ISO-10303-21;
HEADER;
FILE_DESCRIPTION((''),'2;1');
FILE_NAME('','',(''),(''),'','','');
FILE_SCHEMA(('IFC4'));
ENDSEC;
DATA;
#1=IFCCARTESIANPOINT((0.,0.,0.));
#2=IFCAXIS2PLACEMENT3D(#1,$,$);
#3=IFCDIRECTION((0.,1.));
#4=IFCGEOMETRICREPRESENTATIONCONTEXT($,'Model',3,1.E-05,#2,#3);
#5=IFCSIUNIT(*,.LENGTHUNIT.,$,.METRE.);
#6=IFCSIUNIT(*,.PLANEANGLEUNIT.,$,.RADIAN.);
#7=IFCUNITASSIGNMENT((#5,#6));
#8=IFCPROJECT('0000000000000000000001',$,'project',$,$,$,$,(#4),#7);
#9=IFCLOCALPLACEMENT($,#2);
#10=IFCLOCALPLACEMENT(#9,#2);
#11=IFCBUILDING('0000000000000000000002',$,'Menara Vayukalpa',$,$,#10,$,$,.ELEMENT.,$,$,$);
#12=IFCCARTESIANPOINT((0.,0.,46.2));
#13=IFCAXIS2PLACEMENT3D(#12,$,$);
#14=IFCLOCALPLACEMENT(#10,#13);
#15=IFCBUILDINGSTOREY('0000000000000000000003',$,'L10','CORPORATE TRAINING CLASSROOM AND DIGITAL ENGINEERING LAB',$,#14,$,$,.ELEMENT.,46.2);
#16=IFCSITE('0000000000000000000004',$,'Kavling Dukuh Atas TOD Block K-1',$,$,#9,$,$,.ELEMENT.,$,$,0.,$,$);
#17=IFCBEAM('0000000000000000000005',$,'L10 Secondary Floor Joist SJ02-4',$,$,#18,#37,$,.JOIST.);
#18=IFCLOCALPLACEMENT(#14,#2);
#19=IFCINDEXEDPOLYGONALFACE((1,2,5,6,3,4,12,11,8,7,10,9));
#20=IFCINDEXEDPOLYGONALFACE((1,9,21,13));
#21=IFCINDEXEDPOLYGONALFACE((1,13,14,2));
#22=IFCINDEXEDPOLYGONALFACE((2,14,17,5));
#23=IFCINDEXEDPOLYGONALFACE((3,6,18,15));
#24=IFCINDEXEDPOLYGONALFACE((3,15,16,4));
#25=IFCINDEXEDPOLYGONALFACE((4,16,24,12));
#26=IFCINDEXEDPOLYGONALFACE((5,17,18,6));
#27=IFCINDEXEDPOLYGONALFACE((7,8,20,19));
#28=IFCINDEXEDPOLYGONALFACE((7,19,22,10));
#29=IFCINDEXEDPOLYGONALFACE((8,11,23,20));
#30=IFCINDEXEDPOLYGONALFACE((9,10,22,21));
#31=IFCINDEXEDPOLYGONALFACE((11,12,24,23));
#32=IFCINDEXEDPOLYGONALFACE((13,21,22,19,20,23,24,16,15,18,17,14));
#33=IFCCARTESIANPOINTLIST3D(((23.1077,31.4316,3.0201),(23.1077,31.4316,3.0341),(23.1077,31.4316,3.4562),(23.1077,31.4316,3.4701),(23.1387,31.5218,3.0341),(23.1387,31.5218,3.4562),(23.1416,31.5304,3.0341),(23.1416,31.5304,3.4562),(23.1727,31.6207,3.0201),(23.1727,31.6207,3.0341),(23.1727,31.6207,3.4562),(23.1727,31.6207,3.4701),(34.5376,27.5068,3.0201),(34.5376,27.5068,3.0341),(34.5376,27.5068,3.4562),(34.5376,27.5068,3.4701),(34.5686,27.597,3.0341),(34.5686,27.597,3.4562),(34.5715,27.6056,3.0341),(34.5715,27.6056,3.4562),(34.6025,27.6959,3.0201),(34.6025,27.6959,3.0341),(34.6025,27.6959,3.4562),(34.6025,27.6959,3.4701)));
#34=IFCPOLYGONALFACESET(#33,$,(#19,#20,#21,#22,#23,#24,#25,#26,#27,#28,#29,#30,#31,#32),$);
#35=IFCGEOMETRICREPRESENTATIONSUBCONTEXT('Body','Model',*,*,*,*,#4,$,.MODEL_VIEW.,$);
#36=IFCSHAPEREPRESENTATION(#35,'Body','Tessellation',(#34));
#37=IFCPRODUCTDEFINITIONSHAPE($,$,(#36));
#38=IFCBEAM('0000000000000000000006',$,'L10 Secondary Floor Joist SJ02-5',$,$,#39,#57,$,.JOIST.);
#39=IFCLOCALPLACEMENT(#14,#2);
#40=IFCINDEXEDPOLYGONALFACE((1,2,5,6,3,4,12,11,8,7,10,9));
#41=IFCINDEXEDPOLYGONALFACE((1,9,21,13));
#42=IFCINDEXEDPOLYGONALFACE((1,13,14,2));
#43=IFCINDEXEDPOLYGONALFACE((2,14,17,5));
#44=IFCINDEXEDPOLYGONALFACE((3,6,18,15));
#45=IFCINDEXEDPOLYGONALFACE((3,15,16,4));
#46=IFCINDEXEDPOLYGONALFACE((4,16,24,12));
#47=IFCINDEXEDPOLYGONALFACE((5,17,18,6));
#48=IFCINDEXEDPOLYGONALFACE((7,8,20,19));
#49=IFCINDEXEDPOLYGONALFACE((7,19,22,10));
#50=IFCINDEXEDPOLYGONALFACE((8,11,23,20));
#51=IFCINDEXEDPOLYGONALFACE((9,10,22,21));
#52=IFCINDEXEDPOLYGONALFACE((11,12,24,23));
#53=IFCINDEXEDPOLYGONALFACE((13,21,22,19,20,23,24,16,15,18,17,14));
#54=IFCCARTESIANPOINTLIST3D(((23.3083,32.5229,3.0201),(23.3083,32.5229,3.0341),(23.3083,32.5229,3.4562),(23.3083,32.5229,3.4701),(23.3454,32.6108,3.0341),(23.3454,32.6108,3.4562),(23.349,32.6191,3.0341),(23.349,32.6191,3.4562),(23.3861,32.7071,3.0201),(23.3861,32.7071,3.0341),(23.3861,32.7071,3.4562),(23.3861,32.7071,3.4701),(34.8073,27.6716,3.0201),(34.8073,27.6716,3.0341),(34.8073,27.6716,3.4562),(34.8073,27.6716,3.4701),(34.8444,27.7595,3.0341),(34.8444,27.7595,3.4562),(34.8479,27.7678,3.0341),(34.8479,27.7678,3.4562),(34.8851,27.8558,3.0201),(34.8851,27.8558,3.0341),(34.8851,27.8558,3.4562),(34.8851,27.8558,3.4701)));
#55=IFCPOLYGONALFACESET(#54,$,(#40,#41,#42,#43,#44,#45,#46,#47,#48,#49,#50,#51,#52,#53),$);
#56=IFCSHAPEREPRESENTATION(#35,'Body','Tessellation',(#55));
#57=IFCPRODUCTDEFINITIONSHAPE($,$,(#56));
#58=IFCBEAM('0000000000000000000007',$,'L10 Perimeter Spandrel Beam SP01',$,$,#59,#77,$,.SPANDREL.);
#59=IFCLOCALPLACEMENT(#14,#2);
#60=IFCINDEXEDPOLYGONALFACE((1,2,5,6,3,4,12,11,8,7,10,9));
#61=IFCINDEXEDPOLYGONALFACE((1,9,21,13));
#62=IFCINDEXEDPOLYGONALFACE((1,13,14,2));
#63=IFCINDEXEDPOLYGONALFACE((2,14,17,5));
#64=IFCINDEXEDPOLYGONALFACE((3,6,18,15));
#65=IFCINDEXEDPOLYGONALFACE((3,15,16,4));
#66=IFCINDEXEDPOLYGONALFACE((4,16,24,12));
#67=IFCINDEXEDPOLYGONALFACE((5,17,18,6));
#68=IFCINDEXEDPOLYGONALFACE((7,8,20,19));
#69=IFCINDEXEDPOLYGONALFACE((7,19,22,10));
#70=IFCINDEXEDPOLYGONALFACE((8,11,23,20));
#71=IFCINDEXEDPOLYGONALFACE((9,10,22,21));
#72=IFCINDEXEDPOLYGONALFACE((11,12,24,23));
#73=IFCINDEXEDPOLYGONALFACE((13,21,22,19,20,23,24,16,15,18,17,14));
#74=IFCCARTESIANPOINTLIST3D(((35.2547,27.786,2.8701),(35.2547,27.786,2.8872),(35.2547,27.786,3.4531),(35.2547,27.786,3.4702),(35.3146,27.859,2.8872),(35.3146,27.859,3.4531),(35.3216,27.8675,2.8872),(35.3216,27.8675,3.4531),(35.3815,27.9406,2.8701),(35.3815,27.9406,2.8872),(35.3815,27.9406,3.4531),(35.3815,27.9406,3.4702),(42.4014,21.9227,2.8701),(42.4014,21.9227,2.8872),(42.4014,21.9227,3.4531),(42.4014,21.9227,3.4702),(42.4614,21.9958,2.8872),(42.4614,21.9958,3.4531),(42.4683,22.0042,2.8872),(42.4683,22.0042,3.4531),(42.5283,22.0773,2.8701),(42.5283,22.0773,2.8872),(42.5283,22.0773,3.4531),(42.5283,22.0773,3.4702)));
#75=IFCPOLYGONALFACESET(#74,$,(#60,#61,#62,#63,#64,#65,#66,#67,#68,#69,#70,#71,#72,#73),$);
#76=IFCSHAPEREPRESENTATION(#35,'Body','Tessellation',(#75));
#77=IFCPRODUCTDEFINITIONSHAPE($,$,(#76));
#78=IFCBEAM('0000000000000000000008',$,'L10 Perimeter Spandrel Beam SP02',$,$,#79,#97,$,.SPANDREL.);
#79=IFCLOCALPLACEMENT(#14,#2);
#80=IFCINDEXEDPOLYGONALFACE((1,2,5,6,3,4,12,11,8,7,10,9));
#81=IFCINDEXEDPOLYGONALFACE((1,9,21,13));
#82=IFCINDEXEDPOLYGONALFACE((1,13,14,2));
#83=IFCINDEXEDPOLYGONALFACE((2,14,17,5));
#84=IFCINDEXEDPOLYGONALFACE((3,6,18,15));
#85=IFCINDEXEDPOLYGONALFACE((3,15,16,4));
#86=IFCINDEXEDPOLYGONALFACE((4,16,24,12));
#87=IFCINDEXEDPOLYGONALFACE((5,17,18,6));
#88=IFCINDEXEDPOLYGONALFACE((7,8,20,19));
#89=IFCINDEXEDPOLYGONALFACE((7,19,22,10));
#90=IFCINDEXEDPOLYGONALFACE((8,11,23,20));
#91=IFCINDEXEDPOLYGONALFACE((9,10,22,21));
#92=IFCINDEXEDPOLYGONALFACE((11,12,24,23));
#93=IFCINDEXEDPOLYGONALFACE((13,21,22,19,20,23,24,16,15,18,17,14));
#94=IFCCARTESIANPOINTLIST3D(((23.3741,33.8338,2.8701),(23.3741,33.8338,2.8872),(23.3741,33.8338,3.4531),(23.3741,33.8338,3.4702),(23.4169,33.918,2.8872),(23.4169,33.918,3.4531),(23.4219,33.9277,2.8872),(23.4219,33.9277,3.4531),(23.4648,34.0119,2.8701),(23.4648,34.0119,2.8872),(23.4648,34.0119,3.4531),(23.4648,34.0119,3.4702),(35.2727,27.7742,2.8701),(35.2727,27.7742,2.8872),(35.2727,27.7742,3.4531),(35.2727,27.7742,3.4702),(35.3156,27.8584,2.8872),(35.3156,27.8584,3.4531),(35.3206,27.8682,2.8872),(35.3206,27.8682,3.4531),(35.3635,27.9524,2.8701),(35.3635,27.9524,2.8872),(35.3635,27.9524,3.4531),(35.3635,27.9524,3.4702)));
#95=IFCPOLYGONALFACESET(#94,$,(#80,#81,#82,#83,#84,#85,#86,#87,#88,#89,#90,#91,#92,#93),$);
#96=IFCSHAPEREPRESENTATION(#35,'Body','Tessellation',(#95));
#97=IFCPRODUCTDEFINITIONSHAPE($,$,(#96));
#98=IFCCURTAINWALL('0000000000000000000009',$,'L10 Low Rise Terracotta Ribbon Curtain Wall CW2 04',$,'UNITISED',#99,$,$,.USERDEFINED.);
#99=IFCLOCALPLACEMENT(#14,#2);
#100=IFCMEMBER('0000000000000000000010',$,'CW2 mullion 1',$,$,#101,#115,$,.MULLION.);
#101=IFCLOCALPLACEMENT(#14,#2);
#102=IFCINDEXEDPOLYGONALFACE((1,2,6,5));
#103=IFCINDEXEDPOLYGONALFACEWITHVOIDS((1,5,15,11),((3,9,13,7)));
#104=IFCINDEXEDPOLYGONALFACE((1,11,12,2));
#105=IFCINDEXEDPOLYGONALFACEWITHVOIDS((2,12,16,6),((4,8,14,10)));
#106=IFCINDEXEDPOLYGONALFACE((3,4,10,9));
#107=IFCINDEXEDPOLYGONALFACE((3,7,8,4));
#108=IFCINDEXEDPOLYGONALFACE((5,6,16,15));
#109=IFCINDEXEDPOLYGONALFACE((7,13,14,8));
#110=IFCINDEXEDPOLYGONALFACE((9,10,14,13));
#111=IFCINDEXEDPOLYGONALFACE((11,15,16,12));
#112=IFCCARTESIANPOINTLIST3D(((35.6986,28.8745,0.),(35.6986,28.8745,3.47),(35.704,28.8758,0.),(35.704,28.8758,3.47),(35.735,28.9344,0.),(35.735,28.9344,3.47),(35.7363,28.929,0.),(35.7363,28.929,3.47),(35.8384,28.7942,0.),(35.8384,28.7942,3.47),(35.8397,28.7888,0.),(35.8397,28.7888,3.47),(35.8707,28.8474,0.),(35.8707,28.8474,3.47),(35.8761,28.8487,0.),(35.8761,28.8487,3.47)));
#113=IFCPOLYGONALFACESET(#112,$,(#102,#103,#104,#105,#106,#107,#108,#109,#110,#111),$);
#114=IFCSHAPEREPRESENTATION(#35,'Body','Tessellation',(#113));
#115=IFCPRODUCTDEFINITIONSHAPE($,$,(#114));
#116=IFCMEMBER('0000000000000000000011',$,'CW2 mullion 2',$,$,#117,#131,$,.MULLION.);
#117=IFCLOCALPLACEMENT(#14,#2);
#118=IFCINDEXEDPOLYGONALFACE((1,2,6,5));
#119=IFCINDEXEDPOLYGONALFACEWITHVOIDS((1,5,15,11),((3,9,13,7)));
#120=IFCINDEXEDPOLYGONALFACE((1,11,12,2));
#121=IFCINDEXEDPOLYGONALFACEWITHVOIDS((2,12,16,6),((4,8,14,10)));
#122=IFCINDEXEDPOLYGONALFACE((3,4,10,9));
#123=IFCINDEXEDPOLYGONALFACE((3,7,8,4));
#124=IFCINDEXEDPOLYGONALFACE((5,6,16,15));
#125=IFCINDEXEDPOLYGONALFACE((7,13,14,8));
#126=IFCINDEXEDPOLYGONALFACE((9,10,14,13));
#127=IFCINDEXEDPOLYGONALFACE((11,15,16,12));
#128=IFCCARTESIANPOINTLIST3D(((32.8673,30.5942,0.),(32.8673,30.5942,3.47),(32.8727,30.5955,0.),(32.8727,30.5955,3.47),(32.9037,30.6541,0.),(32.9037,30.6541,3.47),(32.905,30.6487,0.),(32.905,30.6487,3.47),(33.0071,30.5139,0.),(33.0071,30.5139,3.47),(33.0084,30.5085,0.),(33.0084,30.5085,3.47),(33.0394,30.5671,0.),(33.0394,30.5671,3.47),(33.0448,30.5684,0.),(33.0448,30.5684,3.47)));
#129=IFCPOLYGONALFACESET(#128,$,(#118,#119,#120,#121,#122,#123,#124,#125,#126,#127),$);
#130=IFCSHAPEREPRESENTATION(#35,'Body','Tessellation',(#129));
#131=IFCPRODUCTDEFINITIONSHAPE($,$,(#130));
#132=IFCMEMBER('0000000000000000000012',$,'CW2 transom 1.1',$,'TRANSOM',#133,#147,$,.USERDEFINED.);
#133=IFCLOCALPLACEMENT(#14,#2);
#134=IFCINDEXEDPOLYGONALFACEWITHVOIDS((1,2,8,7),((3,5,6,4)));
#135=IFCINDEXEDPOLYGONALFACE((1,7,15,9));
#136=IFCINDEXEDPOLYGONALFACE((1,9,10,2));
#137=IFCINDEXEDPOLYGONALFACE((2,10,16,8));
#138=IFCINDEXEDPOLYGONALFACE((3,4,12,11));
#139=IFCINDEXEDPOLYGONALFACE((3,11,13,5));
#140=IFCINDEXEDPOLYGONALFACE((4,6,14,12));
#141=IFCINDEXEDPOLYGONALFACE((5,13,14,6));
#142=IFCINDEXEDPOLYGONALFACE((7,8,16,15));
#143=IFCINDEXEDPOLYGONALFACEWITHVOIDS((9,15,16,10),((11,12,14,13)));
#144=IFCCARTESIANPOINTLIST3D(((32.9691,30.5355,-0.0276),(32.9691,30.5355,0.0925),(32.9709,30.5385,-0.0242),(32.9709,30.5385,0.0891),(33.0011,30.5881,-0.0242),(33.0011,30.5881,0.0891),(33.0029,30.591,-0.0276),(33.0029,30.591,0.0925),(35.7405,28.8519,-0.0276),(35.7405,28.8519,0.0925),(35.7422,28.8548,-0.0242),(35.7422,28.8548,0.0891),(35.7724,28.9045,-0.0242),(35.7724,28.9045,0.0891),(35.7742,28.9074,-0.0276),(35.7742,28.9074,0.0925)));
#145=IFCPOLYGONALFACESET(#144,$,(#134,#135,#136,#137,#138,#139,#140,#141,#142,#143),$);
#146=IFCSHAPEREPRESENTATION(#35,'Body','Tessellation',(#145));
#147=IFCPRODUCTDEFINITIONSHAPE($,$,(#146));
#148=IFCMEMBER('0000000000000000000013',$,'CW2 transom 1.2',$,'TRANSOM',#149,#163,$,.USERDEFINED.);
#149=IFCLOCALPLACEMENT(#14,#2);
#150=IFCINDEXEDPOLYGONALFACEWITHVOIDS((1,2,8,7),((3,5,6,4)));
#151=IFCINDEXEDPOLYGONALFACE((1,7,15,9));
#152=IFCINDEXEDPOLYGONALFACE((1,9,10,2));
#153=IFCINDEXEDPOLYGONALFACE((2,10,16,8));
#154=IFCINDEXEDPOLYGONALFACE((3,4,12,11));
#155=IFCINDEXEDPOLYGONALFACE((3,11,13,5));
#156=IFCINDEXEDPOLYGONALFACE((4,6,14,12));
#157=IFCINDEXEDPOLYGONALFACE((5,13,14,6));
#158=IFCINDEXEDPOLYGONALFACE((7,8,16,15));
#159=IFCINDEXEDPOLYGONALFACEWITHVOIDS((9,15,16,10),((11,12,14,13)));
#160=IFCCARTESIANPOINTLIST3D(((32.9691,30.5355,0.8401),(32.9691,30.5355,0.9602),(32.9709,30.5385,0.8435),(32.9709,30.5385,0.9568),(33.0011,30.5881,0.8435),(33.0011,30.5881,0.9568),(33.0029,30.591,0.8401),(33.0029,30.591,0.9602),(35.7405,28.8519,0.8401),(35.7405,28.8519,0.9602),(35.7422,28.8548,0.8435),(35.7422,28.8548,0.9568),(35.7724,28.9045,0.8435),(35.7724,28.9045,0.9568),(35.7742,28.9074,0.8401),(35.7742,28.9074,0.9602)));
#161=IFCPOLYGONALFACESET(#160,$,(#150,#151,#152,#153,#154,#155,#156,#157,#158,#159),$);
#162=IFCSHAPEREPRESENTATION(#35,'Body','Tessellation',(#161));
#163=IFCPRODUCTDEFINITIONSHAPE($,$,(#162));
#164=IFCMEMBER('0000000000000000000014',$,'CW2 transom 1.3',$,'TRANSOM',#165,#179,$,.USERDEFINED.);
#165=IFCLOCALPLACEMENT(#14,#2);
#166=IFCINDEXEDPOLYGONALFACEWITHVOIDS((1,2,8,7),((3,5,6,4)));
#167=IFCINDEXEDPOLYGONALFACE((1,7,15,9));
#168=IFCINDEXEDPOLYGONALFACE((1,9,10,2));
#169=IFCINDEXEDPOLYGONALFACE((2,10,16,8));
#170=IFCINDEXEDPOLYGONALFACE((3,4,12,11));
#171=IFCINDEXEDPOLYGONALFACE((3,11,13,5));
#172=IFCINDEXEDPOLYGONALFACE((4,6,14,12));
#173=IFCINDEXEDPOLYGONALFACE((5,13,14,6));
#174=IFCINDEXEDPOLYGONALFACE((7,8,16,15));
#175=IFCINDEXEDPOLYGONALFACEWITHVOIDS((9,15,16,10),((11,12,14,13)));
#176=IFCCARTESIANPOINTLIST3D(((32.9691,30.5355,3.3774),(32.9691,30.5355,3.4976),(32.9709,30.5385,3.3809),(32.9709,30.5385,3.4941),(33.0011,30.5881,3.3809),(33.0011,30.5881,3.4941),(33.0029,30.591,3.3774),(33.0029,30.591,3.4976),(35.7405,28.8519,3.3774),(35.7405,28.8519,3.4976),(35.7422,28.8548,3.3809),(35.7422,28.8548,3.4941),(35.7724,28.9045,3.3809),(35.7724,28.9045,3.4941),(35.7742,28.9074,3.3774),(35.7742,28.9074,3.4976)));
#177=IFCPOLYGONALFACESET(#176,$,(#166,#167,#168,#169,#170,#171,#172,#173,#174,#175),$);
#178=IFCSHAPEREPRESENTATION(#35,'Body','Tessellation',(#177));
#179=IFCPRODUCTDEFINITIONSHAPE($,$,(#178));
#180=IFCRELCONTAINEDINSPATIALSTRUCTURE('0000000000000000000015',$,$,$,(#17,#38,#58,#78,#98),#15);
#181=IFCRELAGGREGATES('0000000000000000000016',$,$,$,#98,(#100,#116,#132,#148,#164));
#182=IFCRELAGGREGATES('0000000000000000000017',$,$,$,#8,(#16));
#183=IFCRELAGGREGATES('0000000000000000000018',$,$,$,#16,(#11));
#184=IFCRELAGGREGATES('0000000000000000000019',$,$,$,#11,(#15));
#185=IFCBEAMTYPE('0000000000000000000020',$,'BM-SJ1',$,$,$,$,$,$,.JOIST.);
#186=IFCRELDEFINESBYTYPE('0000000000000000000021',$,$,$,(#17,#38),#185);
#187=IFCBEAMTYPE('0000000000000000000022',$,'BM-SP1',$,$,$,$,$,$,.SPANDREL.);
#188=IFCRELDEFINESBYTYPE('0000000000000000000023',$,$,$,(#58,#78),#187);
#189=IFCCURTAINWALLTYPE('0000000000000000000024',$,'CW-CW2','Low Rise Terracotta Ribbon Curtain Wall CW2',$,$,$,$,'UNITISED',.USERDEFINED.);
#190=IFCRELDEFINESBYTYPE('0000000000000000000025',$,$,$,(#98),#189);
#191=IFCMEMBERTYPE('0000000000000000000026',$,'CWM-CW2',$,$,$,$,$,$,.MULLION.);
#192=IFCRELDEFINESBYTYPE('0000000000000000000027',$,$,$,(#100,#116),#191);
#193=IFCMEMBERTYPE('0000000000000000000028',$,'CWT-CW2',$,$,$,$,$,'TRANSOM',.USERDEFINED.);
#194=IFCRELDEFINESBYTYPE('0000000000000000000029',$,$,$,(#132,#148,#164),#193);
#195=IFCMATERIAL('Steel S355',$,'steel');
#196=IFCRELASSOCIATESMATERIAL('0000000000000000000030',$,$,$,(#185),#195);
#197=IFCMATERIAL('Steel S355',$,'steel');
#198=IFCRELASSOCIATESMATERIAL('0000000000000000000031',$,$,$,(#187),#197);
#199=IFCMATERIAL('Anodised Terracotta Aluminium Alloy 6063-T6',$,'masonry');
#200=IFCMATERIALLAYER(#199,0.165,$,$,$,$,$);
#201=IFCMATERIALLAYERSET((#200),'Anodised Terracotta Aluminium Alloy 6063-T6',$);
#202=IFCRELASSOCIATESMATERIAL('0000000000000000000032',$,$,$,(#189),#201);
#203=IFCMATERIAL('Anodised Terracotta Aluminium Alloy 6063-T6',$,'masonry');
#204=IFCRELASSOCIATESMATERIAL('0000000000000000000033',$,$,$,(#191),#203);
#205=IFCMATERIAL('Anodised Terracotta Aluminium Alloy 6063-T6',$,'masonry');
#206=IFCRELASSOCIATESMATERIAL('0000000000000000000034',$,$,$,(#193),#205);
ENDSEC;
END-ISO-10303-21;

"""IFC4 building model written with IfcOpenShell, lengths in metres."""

from ifc_helpers import new_model, si_unit, direction, frame, origin, origin_2d, place, context, subcontext, project, spatial, hollow_rectangle, i_section, extrude, material, layer, layer_set, material_profile, profile_set, type_object, element, aggregate, save


model = new_model("IFC4")

# Units and contexts
model_context = context("Model", 3, precision=1e-05, world=origin(), true_north=direction((0.0, 1.0)))
body_context = subcontext(model_context, "Body", "Model", "MODEL_VIEW")
ifc_project = project(units=[si_unit("LENGTHUNIT", "METRE"), si_unit("PLANEANGLEUNIT", "RADIAN")], contexts=[model_context])

# Site, building, storey
site_placement = place(None, origin())
site = spatial("IfcSite", under=ifc_project, at=site_placement, Name="Kavling Dukuh Atas TOD Block K-1", CompositionType="ELEMENT", RefElevation=0.0)
building_placement = place(site_placement, origin())
building = spatial("IfcBuilding", under=site, at=building_placement, Name="Menara Vayukalpa", CompositionType="ELEMENT")
storey_placement = place(building_placement, frame((0.0, 0.0, 46.2)))
storey = spatial("IfcBuildingStorey", under=building, at=storey_placement, Name="L10", Description="CORPORATE TRAINING CLASSROOM AND DIGITAL ENGINEERING LAB", CompositionType="ELEMENT", Elevation=46.2)

# Beams
ifc_material_1 = material(Name="Steel S355", Category="steel")
ifc_material_profile_1 = material_profile(ifc_material_1, i_section(OverallWidth=0.2, OverallDepth=0.45, WebThickness=0.009, FlangeThickness=0.0139, at=origin_2d()), Name="WF 450x200x9x14")
ifc_profile_set_1 = profile_set([ifc_material_profile_1], Name="Steel S355")
beam_type_1 = type_object("IfcBeamType", Name="BM-SJ1", PredefinedType="JOIST", material=ifc_profile_set_1)
beam_1_placement = place(storey_placement, frame((34.5701, 27.6013, 3.2451), z_axis=(-0.945794, 0.324766, 0.0), x_axis=(-0.324766, -0.945794, 0.0)))
element("IfcBeam", 1, at=beam_1_placement, inside=storey, type_object=beam_type_1, Name="L10 Secondary Floor Joist SJ02-4", PredefinedType="JOIST", context=body_context, shape_type="SweptSolid", body=[
    extrude(i_section(OverallWidth=0.2, OverallDepth=0.45, WebThickness=0.009, FlangeThickness=0.0139, at=origin_2d()), origin(), (0.0, 0.0, 1.0), 12.085),
])
beam_2_placement = place(storey_placement, frame((34.8462, 27.7637, 3.2451), z_axis=(-0.921359, 0.388712, 0.0), x_axis=(-0.388712, -0.921359, 0.0)))
element("IfcBeam", 2, at=beam_2_placement, inside=storey, type_object=beam_type_1, Name="L10 Secondary Floor Joist SJ02-5", PredefinedType="JOIST", context=body_context, shape_type="SweptSolid", body=[
    extrude(i_section(OverallWidth=0.2, OverallDepth=0.45, WebThickness=0.009, FlangeThickness=0.0139, at=origin_2d()), origin(), (0.0, 0.0, 1.0), 12.4805),
])
ifc_material_2 = material(Name="Steel S355", Category="steel")
ifc_material_profile_2 = material_profile(ifc_material_2, i_section(OverallWidth=0.2, OverallDepth=0.6001, WebThickness=0.011, FlangeThickness=0.0171, at=origin_2d()), Name="WF 600x200x11x17")
ifc_profile_set_2 = profile_set([ifc_material_profile_2], Name="Steel S355")
beam_type_2 = type_object("IfcBeamType", Name="BM-SP1", PredefinedType="SPANDREL", material=ifc_profile_set_2)
beam_3_placement = place(storey_placement, frame((42.4648, 22.0, 3.1702), z_axis=(-0.773111, 0.634271, 0.0), x_axis=(-0.634271, -0.773111, 0.0)))
element("IfcBeam", 3, at=beam_3_placement, inside=storey, type_object=beam_type_2, Name="L10 Perimeter Spandrel Beam SP01", PredefinedType="SPANDREL", context=body_context, shape_type="SweptSolid", body=[
    extrude(i_section(OverallWidth=0.2, OverallDepth=0.6001, WebThickness=0.011, FlangeThickness=0.0171, at=origin_2d()), origin(), (0.0, 0.0, 1.0), 9.2441),
])
beam_4_placement = place(storey_placement, frame((35.3181, 27.8633, 3.1702), z_axis=(-0.891101, 0.453806, 0.0), x_axis=(-0.453806, -0.891101, 0.0)))
element("IfcBeam", 4, at=beam_4_placement, inside=storey, type_object=beam_type_2, Name="L10 Perimeter Spandrel Beam SP02", PredefinedType="SPANDREL", context=body_context, shape_type="SweptSolid", body=[
    extrude(i_section(OverallWidth=0.2, OverallDepth=0.6001, WebThickness=0.011, FlangeThickness=0.0171, at=origin_2d()), origin(), (0.0, 0.0, 1.0), 13.3528),
])

# Curtain wall, members
ifc_material_3 = material(Name="Anodised Terracotta Aluminium Alloy 6063-T6", Category="masonry")
ifc_layer_1 = layer(ifc_material_3, 0.165)
ifc_layer_set_1 = layer_set([ifc_layer_1], Name="Anodised Terracotta Aluminium Alloy 6063-T6")
curtain_wall_type = type_object("IfcCurtainWallType", Name="CW-CW2", Description="Low Rise Terracotta Ribbon Curtain Wall CW2", ElementType="UNITISED", PredefinedType="USERDEFINED", material=ifc_layer_set_1)
curtain_wall_placement = place(storey_placement, origin())
curtain_wall = element("IfcCurtainWall", 5, at=curtain_wall_placement, inside=storey, type_object=curtain_wall_type, Name="L10 Low Rise Terracotta Ribbon Curtain Wall CW2 04", ObjectType="UNITISED", PredefinedType="USERDEFINED")
ifc_material_4 = material(Name="Anodised Terracotta Aluminium Alloy 6063-T6", Category="masonry")
ifc_material_profile_3 = material_profile(ifc_material_4, hollow_rectangle(XDim=0.0701, YDim=0.165, WallThickness=0.0039, at=origin_2d()), Name="ALU 70x165x4")
ifc_profile_set_3 = profile_set([ifc_material_profile_3], Name="Anodised Terracotta Aluminium Alloy 6063-T6")
member_type_1 = type_object("IfcMemberType", Name="CWM-CW2", PredefinedType="MULLION", material=ifc_profile_set_3)
member_1_placement = place(storey_placement, frame((35.7874, 28.8616, 0.0), z_axis=(0.0, 0.0, 1.0), x_axis=(-0.519182, -0.854664, 0.0)))
member_1 = element("IfcMember", 6, at=member_1_placement, type_object=member_type_1, Name="CW2 mullion 1", PredefinedType="MULLION", context=body_context, shape_type="SweptSolid", body=[
    extrude(hollow_rectangle(XDim=0.0701, YDim=0.165, WallThickness=0.0039, at=origin_2d()), origin(), (0.0, 0.0, 1.0), 3.47),
])
member_2_placement = place(storey_placement, frame((32.9561, 30.5813, 0.0), z_axis=(0.0, 0.0, 1.0), x_axis=(-0.519182, -0.854664, 0.0)))
member_2 = element("IfcMember", 7, at=member_2_placement, type_object=member_type_1, Name="CW2 mullion 2", PredefinedType="MULLION", context=body_context, shape_type="SweptSolid", body=[
    extrude(hollow_rectangle(XDim=0.0701, YDim=0.165, WallThickness=0.0039, at=origin_2d()), origin(), (0.0, 0.0, 1.0), 3.47),
])
ifc_material_5 = material(Name="Anodised Terracotta Aluminium Alloy 6063-T6", Category="masonry")
ifc_material_profile_4 = material_profile(ifc_material_5, hollow_rectangle(XDim=0.0649, YDim=0.1201, WallThickness=0.0034, at=origin_2d()), Name="ALU 65x120x3.5")
ifc_profile_set_4 = profile_set([ifc_material_profile_4], Name="Anodised Terracotta Aluminium Alloy 6063-T6")
member_type_2 = type_object("IfcMemberType", Name="CWT-CW2", ElementType="TRANSOM", PredefinedType="USERDEFINED", material=ifc_profile_set_4)
member_3_placement = place(storey_placement, frame((35.7573, 28.8796, 0.0325), z_axis=(-0.854643, 0.519216, 0.0), x_axis=(-0.519216, -0.854643, 0.0)))
member_3 = element("IfcMember", 8, at=member_3_placement, type_object=member_type_2, Name="CW2 transom 1.1", ObjectType="TRANSOM", PredefinedType="USERDEFINED", context=body_context, shape_type="SweptSolid", body=[
    extrude(hollow_rectangle(XDim=0.0649, YDim=0.1201, WallThickness=0.0034, at=origin_2d()), origin(), (0.0, 0.0, 1.0), 3.2427),
])
member_4_placement = place(storey_placement, frame((35.7573, 28.8796, 0.9001), z_axis=(-0.854643, 0.519216, 0.0), x_axis=(-0.519216, -0.854643, 0.0)))
member_4 = element("IfcMember", 9, at=member_4_placement, type_object=member_type_2, Name="CW2 transom 1.2", ObjectType="TRANSOM", PredefinedType="USERDEFINED", context=body_context, shape_type="SweptSolid", body=[
    extrude(hollow_rectangle(XDim=0.0649, YDim=0.1201, WallThickness=0.0034, at=origin_2d()), origin(), (0.0, 0.0, 1.0), 3.2427),
])
member_5_placement = place(storey_placement, frame((35.7573, 28.8796, 3.4375), z_axis=(-0.854643, 0.519216, 0.0), x_axis=(-0.519216, -0.854643, 0.0)))
member_5 = element("IfcMember", 10, at=member_5_placement, type_object=member_type_2, Name="CW2 transom 1.3", ObjectType="TRANSOM", PredefinedType="USERDEFINED", context=body_context, shape_type="SweptSolid", body=[
    extrude(hollow_rectangle(XDim=0.0649, YDim=0.1201, WallThickness=0.0034, at=origin_2d()), origin(), (0.0, 0.0, 1.0), 3.2427),
])
aggregate(curtain_wall, [member_1, member_2, member_3, member_4, member_5])

save(model, "model.ifc")
